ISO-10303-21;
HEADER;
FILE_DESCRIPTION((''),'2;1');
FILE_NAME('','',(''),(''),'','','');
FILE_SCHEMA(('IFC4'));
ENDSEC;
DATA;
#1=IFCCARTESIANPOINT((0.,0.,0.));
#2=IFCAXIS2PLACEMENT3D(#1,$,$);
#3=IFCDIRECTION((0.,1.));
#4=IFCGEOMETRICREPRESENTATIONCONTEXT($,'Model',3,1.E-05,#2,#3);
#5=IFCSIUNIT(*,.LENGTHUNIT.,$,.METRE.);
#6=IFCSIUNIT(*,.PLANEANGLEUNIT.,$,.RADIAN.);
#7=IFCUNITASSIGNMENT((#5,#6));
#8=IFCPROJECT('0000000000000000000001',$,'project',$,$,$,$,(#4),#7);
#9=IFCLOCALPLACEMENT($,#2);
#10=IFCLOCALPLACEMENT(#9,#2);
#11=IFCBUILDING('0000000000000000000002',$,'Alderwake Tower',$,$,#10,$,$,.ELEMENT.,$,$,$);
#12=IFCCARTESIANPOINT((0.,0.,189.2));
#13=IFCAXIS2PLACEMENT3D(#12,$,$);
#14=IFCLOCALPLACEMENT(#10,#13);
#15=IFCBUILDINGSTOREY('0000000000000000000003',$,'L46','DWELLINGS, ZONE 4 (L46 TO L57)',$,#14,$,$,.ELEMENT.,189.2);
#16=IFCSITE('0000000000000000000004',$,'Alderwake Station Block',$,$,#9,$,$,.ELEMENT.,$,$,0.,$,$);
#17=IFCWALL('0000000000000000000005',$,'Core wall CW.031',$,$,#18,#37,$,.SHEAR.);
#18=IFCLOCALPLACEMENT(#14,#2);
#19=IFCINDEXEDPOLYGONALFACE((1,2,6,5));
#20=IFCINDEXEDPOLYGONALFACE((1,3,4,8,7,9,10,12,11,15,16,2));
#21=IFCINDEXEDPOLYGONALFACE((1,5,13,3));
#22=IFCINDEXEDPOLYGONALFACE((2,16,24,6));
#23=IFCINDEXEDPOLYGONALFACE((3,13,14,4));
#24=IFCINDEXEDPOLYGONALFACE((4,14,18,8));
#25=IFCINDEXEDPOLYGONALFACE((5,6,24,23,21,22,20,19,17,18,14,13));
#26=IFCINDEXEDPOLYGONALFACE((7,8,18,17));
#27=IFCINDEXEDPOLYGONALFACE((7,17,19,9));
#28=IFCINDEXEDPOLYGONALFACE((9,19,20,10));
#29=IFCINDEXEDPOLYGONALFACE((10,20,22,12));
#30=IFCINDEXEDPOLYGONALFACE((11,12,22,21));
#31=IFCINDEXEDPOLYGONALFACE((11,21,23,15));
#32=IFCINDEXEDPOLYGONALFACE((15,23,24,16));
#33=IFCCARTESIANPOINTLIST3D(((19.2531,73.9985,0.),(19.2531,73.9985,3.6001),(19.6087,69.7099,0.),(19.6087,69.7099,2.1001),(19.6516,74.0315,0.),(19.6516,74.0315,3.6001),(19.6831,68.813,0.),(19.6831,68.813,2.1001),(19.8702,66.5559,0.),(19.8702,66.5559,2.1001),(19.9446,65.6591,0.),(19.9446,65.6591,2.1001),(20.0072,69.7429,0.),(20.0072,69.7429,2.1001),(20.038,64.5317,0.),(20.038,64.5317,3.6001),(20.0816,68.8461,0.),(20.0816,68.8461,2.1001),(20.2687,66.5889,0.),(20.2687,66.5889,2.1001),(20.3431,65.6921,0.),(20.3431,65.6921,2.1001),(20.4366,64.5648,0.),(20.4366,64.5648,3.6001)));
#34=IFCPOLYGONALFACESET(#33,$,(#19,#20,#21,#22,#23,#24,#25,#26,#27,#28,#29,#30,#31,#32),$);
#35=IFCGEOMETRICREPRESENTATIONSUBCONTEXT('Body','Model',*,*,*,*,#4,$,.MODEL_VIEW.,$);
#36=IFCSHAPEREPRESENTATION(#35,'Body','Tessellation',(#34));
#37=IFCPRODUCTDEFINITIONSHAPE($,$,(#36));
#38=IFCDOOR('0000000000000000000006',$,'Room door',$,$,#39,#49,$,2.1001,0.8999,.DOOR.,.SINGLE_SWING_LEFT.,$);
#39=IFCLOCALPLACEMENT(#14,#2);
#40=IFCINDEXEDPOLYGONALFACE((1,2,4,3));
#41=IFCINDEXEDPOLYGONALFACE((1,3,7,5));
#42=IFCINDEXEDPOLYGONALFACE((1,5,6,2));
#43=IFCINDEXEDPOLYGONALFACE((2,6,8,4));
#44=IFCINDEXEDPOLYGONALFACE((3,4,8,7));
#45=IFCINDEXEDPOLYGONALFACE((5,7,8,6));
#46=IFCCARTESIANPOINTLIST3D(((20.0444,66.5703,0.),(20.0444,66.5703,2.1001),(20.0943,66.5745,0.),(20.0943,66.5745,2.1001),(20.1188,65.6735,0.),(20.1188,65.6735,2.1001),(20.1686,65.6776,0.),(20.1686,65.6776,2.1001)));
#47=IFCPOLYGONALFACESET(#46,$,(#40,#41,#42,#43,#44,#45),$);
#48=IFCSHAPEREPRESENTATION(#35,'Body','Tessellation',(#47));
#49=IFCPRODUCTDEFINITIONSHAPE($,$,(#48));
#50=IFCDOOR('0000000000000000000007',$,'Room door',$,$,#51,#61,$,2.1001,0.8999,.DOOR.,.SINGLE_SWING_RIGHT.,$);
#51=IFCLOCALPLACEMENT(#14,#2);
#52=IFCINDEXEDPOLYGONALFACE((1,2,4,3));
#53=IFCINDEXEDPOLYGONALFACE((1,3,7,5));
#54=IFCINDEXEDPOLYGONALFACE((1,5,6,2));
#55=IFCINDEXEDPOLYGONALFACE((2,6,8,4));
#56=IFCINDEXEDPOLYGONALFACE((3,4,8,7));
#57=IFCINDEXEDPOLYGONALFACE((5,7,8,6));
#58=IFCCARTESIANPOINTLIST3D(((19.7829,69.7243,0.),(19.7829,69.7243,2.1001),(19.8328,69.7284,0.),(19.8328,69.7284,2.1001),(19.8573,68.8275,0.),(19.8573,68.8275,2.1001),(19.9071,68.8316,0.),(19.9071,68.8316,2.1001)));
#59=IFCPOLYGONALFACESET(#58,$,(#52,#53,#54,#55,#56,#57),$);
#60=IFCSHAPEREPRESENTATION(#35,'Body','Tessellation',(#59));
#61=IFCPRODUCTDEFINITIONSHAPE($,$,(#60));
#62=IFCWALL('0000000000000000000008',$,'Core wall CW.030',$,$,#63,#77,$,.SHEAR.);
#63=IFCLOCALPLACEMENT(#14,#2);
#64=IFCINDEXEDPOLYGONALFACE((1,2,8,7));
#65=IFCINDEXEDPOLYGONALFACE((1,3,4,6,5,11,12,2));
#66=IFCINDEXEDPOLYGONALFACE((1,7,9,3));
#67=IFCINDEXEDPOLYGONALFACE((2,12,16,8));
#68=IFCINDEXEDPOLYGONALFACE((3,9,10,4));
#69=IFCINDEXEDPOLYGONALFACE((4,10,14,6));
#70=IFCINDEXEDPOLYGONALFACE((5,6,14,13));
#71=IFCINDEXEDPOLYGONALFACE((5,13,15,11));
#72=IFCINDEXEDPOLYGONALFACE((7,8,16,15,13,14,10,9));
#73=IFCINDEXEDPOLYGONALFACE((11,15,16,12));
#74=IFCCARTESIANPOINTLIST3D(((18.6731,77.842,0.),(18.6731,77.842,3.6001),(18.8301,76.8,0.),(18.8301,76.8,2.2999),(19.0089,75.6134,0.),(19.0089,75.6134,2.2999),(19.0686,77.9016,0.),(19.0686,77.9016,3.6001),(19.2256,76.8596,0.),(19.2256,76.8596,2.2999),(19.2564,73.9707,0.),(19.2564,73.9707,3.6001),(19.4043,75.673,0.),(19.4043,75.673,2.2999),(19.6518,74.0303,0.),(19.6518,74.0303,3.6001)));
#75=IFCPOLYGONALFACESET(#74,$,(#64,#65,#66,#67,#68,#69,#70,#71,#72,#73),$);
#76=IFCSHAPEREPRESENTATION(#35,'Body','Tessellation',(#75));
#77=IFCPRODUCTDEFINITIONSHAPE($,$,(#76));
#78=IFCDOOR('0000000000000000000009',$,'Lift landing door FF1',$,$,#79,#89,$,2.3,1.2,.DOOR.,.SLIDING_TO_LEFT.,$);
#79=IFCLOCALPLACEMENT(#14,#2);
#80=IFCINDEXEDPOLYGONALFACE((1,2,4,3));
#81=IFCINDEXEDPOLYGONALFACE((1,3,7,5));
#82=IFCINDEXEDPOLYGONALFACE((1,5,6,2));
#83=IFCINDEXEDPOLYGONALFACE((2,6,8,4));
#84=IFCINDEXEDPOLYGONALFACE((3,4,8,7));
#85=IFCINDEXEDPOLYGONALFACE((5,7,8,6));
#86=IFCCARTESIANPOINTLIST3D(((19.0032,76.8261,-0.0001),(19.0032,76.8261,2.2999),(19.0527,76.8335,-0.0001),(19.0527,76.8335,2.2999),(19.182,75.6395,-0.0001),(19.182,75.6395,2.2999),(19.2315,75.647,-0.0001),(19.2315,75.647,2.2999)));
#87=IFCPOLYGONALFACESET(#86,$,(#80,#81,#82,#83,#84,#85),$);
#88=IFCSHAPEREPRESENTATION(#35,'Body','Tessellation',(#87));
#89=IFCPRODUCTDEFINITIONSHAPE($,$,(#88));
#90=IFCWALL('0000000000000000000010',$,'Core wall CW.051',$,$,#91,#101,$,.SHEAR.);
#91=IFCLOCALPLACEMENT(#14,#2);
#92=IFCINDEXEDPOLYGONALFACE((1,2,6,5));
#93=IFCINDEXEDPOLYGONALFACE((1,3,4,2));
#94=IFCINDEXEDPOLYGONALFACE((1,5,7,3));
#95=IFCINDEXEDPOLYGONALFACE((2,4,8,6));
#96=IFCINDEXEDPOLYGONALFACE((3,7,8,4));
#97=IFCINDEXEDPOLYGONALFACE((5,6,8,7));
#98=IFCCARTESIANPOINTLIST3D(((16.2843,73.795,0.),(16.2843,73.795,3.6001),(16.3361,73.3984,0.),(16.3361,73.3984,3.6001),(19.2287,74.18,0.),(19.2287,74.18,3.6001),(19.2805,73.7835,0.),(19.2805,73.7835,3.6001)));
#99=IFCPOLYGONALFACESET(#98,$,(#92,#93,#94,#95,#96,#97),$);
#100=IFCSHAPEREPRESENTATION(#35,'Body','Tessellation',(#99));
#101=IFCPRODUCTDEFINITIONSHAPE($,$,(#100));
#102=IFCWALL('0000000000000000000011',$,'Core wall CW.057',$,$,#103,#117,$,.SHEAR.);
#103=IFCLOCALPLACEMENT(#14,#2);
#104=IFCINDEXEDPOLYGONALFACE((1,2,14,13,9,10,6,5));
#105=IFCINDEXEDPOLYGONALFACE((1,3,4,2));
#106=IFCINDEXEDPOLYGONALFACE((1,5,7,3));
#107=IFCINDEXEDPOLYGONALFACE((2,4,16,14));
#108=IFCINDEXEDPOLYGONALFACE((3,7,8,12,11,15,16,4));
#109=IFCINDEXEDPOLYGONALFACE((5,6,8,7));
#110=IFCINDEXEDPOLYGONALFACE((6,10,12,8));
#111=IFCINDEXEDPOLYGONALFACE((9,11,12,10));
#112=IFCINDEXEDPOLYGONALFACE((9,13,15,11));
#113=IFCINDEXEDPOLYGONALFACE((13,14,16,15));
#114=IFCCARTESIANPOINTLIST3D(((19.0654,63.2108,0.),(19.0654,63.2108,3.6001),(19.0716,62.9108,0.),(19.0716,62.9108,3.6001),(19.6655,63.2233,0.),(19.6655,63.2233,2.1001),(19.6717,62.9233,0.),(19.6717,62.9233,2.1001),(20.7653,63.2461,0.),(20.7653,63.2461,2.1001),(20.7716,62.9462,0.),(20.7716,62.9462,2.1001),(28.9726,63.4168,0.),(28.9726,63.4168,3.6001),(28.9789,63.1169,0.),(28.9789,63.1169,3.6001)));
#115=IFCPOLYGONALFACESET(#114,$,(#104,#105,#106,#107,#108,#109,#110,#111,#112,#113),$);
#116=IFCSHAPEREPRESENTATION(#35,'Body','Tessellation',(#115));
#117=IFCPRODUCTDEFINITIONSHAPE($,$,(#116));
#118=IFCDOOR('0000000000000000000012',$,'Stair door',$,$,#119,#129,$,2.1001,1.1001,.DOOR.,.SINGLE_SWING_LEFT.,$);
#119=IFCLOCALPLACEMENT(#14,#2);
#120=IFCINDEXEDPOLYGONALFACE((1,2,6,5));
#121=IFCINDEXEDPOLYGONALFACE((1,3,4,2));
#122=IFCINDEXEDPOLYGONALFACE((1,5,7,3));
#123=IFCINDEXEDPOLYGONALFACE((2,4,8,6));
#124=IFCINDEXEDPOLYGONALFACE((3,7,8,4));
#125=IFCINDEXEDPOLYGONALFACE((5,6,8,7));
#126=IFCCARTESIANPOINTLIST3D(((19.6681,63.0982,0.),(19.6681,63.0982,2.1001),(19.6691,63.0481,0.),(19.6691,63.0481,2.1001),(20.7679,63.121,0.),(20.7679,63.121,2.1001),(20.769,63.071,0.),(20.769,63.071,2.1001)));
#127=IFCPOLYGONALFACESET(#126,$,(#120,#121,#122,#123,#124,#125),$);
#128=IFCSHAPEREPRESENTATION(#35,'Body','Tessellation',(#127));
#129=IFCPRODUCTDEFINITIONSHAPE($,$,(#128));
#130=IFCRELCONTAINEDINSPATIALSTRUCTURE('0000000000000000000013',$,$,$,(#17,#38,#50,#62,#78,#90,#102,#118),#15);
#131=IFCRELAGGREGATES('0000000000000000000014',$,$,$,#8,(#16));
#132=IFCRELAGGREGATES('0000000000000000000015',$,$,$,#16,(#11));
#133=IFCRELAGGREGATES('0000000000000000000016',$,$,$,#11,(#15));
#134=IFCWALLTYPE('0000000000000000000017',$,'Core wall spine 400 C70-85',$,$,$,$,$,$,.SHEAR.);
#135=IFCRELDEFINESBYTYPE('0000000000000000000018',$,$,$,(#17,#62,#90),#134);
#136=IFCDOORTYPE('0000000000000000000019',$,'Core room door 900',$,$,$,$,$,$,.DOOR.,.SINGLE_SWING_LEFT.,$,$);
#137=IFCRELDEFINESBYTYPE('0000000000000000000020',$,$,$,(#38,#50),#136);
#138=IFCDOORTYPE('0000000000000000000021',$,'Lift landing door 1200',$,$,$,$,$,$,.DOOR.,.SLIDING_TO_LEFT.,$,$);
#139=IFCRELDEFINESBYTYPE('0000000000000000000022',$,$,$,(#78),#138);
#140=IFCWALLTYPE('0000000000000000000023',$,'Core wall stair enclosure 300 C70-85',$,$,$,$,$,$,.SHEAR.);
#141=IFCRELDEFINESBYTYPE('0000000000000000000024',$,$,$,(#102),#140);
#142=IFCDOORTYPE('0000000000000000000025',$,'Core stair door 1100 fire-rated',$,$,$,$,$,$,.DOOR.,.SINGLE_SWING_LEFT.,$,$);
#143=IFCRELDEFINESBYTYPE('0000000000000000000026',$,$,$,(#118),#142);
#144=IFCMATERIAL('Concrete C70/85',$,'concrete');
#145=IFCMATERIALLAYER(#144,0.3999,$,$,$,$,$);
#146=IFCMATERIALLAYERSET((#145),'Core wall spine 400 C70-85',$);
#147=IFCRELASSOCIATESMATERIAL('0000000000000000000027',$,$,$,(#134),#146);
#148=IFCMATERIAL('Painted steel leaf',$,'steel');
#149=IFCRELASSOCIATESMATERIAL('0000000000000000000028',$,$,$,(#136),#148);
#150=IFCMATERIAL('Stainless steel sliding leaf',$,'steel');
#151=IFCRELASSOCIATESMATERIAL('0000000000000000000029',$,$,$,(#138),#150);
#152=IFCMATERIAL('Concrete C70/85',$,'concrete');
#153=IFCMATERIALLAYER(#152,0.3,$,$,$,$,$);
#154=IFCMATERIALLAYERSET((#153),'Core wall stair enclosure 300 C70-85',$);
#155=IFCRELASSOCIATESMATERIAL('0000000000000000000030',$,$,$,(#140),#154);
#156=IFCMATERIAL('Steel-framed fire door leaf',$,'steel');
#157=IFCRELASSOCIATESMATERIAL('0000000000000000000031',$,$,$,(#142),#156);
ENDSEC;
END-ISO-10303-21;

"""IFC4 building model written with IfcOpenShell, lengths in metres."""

from ifc_helpers import new_model, si_unit, direction, frame, frame_2d, origin, place, context, subcontext, project, spatial, rectangle, extrude, material, layer, layer_set, type_object, element, fill, save


model = new_model("IFC4")

# Units and contexts
model_context = context("Model", 3, precision=1e-05, world=origin(), true_north=direction((0.0, 1.0)))
body_context = subcontext(model_context, "Body", "Model", "MODEL_VIEW")
ifc_project = project(units=[si_unit("LENGTHUNIT", "METRE"), si_unit("PLANEANGLEUNIT", "RADIAN")], contexts=[model_context])

# Site, building, storey
site_placement = place(None, origin())
site = spatial("IfcSite", under=ifc_project, at=site_placement, Name="Alderwake Station Block", CompositionType="ELEMENT", RefElevation=0.0)
building_placement = place(site_placement, origin())
building = spatial("IfcBuilding", under=site, at=building_placement, Name="Alderwake Tower", CompositionType="ELEMENT")
storey_placement = place(building_placement, frame((0.0, 0.0, 189.2)))
storey = spatial("IfcBuildingStorey", under=building, at=storey_placement, Name="L46", Description="DWELLINGS, ZONE 4 (L46 TO L57)", CompositionType="ELEMENT", Elevation=189.2)

# Wall, openings, doors
ifc_material_1 = material(Name="Concrete C70/85", Category="concrete")
ifc_layer_1 = layer(ifc_material_1, 0.3999)
ifc_layer_set_1 = layer_set([ifc_layer_1], Name="Core wall spine 400 C70-85")
wall_type_1 = type_object("IfcWallType", Name="Core wall spine 400 C70-85", PredefinedType="SHEAR", material=ifc_layer_set_1)
wall_1_placement = place(storey_placement, frame((19.4524, 74.0149, 0.0), z_axis=(0.0, 0.0, 1.0), x_axis=(0.082629, -0.99658, 0.0)))
wall_1 = element("IfcWall", 1, at=wall_1_placement, inside=storey, type_object=wall_type_1, Name="Core wall CW.031", PredefinedType="SHEAR", context=body_context, shape_type="SweptSolid", body=[
    extrude(rectangle(XDim=9.4993, YDim=0.3999, at=frame_2d((4.7495, 0.0))), origin(), (0.0, 0.0, 1.0), 3.6001),
])
opening_1_placement = place(wall_1_placement, frame((7.468, 0.0, 0.0)))
opening_1 = element("IfcOpeningElement", 2, at=opening_1_placement, cuts=wall_1, PredefinedType="OPENING", context=body_context, shape_type="SweptSolid", body=[
    extrude(rectangle(XDim=0.8999, YDim=2.1001, at=frame_2d((0.45, 1.05))), frame((0.0, 0.21, 0.0), z_axis=(0.0, -1.0, 0.0), x_axis=(1.0, 0.0, 0.0)), (0.0, 0.0, 1.0), 0.4199),
])
opening_2_placement = place(wall_1_placement, frame((4.3032, 0.0, 0.0)))
opening_2 = element("IfcOpeningElement", 3, at=opening_2_placement, cuts=wall_1, PredefinedType="OPENING", context=body_context, shape_type="SweptSolid", body=[
    extrude(rectangle(XDim=0.8999, YDim=2.1001, at=frame_2d((0.45, 1.05))), frame((0.0, 0.21, 0.0), z_axis=(0.0, -1.0, 0.0), x_axis=(1.0, 0.0, 0.0)), (0.0, 0.0, 1.0), 0.4199),
])
ifc_material_2 = material(Name="Painted steel leaf", Category="steel")
door_type_1 = type_object("IfcDoorType", Name="Core room door 900", OperationType="SINGLE_SWING_LEFT", PredefinedType="DOOR", material=ifc_material_2)
door_1_placement = place(opening_1_placement, origin())
door_1 = element("IfcDoor", 4, at=door_1_placement, inside=storey, type_object=door_type_1, Name="Room door", OperationType="SINGLE_SWING_LEFT", OverallHeight=2.1001, OverallWidth=0.8999, PredefinedType="DOOR", context=body_context, shape_type="SweptSolid", body=[
    extrude(rectangle(XDim=0.8999, YDim=2.1001, at=frame_2d((0.45, 1.05))), frame((0.0, 0.0249, 0.0), z_axis=(0.0, -1.0, 0.0), x_axis=(1.0, 0.0, 0.0)), (0.0, 0.0, 1.0), 0.05),
])
fill(opening_1, door_1)
door_2_placement = place(opening_2_placement, origin())
door_2 = element("IfcDoor", 5, at=door_2_placement, inside=storey, type_object=door_type_1, Name="Room door", OperationType="SINGLE_SWING_RIGHT", OverallHeight=2.1001, OverallWidth=0.8999, PredefinedType="DOOR", context=body_context, shape_type="SweptSolid", body=[
    extrude(rectangle(XDim=0.8999, YDim=2.1001, at=frame_2d((0.45, 1.05))), frame((0.0, 0.0249, 0.0), z_axis=(0.0, -1.0, 0.0), x_axis=(1.0, 0.0, 0.0)), (0.0, 0.0, 1.0), 0.05),
])
fill(opening_2, door_2)

# Wall, opening, door
wall_2_placement = place(storey_placement, frame((19.4541, 74.0005, 0.0), z_axis=(0.0, 0.0, 1.0), x_axis=(-0.148978, 0.988841, 0.0)))
wall_2 = element("IfcWall", 6, at=wall_2_placement, inside=storey, type_object=wall_type_1, Name="Core wall CW.030", PredefinedType="SHEAR", context=body_context, shape_type="SweptSolid", body=[
    extrude(rectangle(XDim=3.915, YDim=0.3999, at=frame_2d((1.9575, 0.0))), origin(), (0.0, 0.0, 1.0), 3.6001),
])
opening_3_placement = place(wall_2_placement, frame((1.6611, 0.0, 0.0)))
opening_3 = element("IfcOpeningElement", 7, at=opening_3_placement, cuts=wall_2, PredefinedType="OPENING", context=body_context, shape_type="SweptSolid", body=[
    extrude(rectangle(XDim=1.2, YDim=2.3, at=frame_2d((0.6001, 1.1499))), frame((0.0, 0.21, 0.0), z_axis=(0.0, -1.0, 0.0), x_axis=(1.0, 0.0, 0.0)), (0.0, 0.0, 1.0), 0.4199),
])
ifc_material_3 = material(Name="Stainless steel sliding leaf", Category="steel")
door_type_2 = type_object("IfcDoorType", Name="Lift landing door 1200", OperationType="SLIDING_TO_LEFT", PredefinedType="DOOR", material=ifc_material_3)
door_3_placement = place(opening_3_placement, origin())
door_3 = element("IfcDoor", 8, at=door_3_placement, inside=storey, type_object=door_type_2, Name="Lift landing door FF1", OperationType="SLIDING_TO_LEFT", OverallHeight=2.3, OverallWidth=1.2, PredefinedType="DOOR", context=body_context, shape_type="SweptSolid", body=[
    extrude(rectangle(XDim=1.2, YDim=2.3, at=frame_2d((0.6001, 1.1499))), frame((0.0, 0.0249, 0.0), z_axis=(0.0, -1.0, 0.0), x_axis=(1.0, 0.0, 0.0)), (0.0, 0.0, 1.0), 0.05),
])
fill(opening_3, door_3)

# Wall
wall_3_placement = place(storey_placement, frame((16.3101, 73.5967, 0.0), z_axis=(0.0, 0.0, 1.0), x_axis=(0.991559, 0.129659, 0.0)))
element("IfcWall", 9, at=wall_3_placement, inside=storey, type_object=wall_type_1, Name="Core wall CW.051", PredefinedType="SHEAR", context=body_context, shape_type="SweptSolid", body=[
    extrude(rectangle(XDim=2.9695, YDim=0.3999, at=frame_2d((1.4849, 0.0))), origin(), (0.0, 0.0, 1.0), 3.6001),
])

# Wall, opening, door
ifc_material_4 = material(Name="Concrete C70/85", Category="concrete")
ifc_layer_2 = layer(ifc_material_4, 0.3)
ifc_layer_set_2 = layer_set([ifc_layer_2], Name="Core wall stair enclosure 300 C70-85")
wall_type_2 = type_object("IfcWallType", Name="Core wall stair enclosure 300 C70-85", PredefinedType="SHEAR", material=ifc_layer_set_2)
wall_4_placement = place(storey_placement, frame((19.0686, 63.0608, 0.0), z_axis=(0.0, 0.0, 1.0), x_axis=(0.999784, 0.020794, 0.0)))
wall_4 = element("IfcWall", 10, at=wall_4_placement, inside=storey, type_object=wall_type_2, Name="Core wall CW.057", PredefinedType="SHEAR", context=body_context, shape_type="SweptSolid", body=[
    extrude(rectangle(XDim=9.9094, YDim=0.3, at=frame_2d((4.9546, 0.0))), origin(), (0.0, 0.0, 1.0), 3.6001),
])
opening_4_placement = place(wall_4_placement, frame((0.6001, 0.0, 0.0)))
opening_4 = element("IfcOpeningElement", 11, at=opening_4_placement, cuts=wall_4, PredefinedType="OPENING", context=body_context, shape_type="SweptSolid", body=[
    extrude(rectangle(XDim=1.1001, YDim=2.1001, at=frame_2d((0.55, 1.05))), frame((0.0, 0.1599, 0.0), z_axis=(0.0, -1.0, 0.0), x_axis=(1.0, 0.0, 0.0)), (0.0, 0.0, 1.0), 0.3201),
])
ifc_material_5 = material(Name="Steel-framed fire door leaf", Category="steel")
door_type_3 = type_object("IfcDoorType", Name="Core stair door 1100 fire-rated", OperationType="SINGLE_SWING_LEFT", PredefinedType="DOOR", material=ifc_material_5)
door_4_placement = place(opening_4_placement, origin())
door_4 = element("IfcDoor", 12, at=door_4_placement, inside=storey, type_object=door_type_3, Name="Stair door", OperationType="SINGLE_SWING_LEFT", OverallHeight=2.1001, OverallWidth=1.1001, PredefinedType="DOOR", context=body_context, shape_type="SweptSolid", body=[
    extrude(rectangle(XDim=1.1001, YDim=2.1001, at=frame_2d((0.55, 1.05))), frame((0.0, 0.0249, 0.0), z_axis=(0.0, -1.0, 0.0), x_axis=(1.0, 0.0, 0.0)), (0.0, 0.0, 1.0), 0.05),
])
fill(opening_4, door_4)

save(model, "model.ifc")
